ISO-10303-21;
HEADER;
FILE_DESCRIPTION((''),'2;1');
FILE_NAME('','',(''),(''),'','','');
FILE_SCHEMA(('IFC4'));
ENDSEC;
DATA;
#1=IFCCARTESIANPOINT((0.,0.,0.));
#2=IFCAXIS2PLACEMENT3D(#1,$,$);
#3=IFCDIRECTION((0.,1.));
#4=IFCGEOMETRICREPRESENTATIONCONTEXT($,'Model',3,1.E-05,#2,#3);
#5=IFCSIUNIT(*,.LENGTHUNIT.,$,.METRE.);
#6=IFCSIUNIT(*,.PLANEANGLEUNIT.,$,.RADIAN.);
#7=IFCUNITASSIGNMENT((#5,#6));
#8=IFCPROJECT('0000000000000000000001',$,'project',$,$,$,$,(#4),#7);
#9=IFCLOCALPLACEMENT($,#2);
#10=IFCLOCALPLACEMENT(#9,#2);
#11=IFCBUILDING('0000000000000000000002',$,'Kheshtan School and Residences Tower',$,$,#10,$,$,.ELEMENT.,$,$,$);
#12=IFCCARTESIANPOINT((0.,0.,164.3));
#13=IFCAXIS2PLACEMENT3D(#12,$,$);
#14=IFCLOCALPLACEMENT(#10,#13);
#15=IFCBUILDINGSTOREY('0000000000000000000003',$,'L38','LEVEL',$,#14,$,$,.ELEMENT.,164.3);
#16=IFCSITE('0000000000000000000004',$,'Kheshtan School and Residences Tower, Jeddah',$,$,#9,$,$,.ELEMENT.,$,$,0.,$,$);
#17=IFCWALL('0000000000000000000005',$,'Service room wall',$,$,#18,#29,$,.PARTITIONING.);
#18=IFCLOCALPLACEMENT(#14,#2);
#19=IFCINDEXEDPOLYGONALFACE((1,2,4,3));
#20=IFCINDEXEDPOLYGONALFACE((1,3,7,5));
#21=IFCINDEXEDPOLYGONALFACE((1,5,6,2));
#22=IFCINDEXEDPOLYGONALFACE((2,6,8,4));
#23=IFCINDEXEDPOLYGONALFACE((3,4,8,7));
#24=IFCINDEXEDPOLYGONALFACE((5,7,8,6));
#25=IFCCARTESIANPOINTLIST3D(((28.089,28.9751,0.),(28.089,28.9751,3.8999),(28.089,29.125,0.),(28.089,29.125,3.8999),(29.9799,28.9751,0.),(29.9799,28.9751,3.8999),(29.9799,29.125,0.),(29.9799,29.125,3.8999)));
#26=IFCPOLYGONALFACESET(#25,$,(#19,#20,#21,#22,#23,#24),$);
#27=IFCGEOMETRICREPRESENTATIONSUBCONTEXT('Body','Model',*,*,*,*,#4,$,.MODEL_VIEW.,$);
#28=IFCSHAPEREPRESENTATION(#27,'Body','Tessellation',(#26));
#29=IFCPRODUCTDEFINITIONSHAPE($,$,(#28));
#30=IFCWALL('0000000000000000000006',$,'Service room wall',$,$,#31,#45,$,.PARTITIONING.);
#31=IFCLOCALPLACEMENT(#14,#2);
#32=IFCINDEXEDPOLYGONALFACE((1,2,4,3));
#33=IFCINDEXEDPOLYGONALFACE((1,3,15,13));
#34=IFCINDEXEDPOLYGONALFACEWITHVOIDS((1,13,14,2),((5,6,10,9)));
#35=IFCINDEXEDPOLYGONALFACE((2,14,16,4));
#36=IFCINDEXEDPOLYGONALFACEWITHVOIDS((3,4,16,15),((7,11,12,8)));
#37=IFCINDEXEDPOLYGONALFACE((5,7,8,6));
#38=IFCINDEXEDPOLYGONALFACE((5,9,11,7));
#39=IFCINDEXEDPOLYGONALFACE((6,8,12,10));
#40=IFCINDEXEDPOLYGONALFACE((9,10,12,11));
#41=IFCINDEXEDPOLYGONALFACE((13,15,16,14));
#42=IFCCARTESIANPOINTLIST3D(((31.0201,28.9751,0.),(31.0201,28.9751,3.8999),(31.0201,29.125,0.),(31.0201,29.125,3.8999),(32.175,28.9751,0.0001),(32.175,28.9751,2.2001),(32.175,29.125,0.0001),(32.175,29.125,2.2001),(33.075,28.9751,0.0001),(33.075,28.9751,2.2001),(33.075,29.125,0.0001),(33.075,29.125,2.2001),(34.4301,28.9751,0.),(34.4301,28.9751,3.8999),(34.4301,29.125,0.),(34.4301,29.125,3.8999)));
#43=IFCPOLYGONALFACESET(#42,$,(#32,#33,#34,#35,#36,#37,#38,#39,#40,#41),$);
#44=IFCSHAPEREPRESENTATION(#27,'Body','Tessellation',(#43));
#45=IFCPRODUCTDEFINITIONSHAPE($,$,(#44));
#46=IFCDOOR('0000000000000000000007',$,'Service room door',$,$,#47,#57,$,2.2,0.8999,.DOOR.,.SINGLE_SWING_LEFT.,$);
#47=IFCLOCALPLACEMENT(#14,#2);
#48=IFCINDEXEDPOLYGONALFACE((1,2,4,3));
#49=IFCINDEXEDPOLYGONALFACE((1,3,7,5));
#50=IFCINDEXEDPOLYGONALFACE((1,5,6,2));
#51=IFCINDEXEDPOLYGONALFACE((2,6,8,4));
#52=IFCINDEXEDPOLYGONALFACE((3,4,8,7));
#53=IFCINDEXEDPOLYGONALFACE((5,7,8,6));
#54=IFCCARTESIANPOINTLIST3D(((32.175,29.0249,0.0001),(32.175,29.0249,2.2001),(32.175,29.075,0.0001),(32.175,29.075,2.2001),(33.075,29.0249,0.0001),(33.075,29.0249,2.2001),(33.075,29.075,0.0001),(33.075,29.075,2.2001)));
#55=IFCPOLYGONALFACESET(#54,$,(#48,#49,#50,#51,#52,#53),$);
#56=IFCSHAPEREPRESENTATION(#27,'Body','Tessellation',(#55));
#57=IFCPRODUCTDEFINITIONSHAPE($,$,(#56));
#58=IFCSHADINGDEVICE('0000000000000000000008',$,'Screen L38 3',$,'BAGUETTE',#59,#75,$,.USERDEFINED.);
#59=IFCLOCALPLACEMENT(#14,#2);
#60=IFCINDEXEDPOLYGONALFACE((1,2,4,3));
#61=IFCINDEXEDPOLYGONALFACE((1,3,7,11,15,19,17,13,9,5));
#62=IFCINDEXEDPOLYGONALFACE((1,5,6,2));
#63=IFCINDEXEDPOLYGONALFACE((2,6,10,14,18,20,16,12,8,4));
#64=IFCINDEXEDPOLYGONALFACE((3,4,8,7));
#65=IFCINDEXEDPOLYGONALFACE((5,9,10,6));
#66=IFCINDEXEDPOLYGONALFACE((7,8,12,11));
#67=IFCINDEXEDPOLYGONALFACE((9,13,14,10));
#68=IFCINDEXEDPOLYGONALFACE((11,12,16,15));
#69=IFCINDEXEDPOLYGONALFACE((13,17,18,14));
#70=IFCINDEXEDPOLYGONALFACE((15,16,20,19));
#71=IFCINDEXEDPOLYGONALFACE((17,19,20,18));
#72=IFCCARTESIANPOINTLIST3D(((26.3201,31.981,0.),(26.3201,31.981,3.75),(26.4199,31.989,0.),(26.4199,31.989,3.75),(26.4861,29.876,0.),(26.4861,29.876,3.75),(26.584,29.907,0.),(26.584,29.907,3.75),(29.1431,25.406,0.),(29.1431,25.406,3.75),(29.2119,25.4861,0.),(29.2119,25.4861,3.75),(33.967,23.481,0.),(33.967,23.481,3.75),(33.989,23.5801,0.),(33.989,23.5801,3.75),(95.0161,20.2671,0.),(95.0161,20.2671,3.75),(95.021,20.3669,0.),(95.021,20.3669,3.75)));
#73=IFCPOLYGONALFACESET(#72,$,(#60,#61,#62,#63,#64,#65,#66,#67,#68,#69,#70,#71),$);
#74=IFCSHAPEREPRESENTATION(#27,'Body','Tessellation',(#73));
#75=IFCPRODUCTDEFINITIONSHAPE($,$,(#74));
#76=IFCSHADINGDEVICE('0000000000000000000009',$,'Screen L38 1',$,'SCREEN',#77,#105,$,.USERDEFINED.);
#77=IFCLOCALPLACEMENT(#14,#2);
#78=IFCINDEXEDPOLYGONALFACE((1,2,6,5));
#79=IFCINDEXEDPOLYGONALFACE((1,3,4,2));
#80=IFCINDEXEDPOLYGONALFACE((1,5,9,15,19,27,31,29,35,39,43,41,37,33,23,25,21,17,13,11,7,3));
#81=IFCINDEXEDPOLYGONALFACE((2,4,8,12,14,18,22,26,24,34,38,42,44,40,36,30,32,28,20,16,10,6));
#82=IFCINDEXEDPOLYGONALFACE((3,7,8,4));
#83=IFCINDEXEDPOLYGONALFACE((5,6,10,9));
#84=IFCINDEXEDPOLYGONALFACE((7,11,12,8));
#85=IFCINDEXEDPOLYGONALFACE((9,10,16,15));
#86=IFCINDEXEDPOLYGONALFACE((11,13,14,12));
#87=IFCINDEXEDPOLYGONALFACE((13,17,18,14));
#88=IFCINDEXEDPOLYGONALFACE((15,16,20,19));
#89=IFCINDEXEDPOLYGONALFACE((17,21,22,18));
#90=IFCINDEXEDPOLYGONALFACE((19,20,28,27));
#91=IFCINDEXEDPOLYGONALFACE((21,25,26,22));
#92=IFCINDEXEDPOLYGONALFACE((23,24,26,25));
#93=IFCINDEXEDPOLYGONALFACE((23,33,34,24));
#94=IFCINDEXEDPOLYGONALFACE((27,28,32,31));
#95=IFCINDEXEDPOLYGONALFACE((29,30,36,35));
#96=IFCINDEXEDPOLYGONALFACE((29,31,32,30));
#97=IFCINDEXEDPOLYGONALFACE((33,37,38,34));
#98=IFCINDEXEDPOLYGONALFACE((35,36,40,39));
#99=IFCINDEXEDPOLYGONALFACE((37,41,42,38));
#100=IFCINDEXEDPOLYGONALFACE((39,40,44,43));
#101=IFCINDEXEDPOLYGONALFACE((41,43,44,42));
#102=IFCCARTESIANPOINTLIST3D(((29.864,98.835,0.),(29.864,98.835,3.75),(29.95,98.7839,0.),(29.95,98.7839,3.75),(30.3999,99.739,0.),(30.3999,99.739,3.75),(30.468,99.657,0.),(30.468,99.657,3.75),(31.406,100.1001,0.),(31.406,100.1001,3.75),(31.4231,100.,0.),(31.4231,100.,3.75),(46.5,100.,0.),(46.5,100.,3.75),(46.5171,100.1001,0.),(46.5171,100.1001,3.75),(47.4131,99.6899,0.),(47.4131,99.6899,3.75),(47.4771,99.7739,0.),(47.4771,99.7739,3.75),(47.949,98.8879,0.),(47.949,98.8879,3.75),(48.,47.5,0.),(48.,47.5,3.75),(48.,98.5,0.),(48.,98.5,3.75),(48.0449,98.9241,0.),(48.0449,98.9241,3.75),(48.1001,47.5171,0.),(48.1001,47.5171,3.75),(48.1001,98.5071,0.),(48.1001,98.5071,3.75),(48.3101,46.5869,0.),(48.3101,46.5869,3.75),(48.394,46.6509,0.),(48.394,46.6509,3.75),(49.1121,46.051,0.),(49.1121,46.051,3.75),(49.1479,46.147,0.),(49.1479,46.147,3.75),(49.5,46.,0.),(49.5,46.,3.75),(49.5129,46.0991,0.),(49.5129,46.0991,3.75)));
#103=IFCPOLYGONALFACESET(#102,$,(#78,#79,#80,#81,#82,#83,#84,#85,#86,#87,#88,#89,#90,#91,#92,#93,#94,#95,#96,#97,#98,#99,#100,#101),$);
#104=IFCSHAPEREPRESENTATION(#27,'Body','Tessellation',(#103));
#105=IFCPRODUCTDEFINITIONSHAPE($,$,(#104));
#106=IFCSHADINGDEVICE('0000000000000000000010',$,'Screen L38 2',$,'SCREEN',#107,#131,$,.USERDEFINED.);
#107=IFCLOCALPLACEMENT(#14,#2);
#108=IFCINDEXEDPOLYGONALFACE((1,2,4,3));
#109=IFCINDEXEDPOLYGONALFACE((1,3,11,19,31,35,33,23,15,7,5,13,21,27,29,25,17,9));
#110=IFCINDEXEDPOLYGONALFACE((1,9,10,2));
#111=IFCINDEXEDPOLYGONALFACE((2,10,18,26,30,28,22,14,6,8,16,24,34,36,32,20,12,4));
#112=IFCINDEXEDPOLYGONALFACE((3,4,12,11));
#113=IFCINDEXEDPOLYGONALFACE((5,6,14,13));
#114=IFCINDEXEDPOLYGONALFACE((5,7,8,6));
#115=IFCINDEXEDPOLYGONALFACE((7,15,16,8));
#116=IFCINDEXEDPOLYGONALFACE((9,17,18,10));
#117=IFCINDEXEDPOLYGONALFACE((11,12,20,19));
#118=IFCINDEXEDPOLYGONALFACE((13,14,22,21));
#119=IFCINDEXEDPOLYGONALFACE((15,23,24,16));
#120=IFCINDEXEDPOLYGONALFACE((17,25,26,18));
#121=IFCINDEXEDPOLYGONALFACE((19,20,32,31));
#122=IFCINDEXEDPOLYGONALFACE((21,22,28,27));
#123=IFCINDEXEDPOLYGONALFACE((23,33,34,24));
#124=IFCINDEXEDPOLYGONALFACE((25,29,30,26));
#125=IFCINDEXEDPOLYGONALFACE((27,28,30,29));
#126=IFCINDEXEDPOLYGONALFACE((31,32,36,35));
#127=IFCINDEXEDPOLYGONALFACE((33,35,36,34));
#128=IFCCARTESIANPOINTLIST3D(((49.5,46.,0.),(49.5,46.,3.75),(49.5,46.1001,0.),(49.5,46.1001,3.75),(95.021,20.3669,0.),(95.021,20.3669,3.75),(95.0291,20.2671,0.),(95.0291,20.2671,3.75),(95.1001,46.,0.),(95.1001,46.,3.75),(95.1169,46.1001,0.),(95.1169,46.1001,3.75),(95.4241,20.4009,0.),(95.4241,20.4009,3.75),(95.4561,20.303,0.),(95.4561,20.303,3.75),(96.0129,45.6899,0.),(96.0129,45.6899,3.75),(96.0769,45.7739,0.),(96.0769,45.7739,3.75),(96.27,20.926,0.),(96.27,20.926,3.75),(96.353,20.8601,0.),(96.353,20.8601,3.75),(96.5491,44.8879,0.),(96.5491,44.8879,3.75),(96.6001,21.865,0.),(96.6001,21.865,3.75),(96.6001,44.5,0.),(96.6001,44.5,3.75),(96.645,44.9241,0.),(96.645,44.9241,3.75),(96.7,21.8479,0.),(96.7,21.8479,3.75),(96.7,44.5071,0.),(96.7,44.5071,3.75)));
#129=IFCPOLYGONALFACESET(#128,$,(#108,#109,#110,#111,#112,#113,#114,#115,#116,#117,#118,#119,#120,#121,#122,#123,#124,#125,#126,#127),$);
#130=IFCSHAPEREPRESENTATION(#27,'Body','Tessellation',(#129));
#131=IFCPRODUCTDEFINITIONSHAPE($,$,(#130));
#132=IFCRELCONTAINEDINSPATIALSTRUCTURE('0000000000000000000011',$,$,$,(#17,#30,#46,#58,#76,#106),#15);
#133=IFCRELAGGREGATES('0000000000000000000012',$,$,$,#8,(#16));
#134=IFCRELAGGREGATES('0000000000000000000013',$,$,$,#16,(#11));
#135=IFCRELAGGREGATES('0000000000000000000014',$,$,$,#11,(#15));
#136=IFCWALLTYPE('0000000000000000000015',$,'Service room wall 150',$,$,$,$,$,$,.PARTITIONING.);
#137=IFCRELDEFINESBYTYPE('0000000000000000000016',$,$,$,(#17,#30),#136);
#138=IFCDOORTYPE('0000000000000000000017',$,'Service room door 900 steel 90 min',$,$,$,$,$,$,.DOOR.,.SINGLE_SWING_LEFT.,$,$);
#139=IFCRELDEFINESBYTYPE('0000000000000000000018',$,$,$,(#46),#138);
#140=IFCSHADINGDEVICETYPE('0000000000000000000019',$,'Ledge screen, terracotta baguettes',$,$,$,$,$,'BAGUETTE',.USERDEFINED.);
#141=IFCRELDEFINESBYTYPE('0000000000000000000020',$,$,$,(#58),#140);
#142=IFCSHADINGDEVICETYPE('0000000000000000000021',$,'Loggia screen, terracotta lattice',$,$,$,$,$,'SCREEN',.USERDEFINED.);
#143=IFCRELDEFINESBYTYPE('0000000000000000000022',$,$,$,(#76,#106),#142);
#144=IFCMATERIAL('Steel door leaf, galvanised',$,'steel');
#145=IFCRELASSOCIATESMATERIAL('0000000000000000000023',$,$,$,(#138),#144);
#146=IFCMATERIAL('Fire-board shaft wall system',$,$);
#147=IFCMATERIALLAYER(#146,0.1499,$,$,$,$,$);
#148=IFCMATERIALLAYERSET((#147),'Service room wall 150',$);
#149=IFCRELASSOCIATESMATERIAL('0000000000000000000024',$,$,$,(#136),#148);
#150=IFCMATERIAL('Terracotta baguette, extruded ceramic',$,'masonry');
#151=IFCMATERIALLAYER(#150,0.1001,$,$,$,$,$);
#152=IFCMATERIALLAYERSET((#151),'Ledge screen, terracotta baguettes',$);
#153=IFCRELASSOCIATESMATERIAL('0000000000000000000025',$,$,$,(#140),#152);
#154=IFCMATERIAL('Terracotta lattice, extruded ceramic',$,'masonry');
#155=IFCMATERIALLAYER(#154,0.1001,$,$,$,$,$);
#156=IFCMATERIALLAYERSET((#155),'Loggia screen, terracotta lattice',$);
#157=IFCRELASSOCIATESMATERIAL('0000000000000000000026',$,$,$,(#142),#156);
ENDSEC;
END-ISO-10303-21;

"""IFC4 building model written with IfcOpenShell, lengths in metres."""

from ifc_helpers import new_model, si_unit, direction, frame, frame_2d, origin, place, context, subcontext, project, spatial, polyline, rectangle, outline, extrude, source, transform, mapped, material, layer, layer_set, type_object, element, fill, save


model = new_model("IFC4")

# Units and contexts
model_context = context("Model", 3, precision=1e-05, world=origin(), true_north=direction((0.0, 1.0)))
body_context = subcontext(model_context, "Body", "Model", "MODEL_VIEW")
ifc_project = project(units=[si_unit("LENGTHUNIT", "METRE"), si_unit("PLANEANGLEUNIT", "RADIAN")], contexts=[model_context])

# Site, building, storey
site_placement = place(None, origin())
site = spatial("IfcSite", under=ifc_project, at=site_placement, Name="Kheshtan School and Residences Tower, Jeddah", CompositionType="ELEMENT", RefElevation=0.0)
building_placement = place(site_placement, origin())
building = spatial("IfcBuilding", under=site, at=building_placement, Name="Kheshtan School and Residences Tower", CompositionType="ELEMENT")
storey_placement = place(building_placement, frame((0.0, 0.0, 164.3)))
storey = spatial("IfcBuildingStorey", under=building, at=storey_placement, Name="L38", Description="LEVEL", CompositionType="ELEMENT", Elevation=164.3)

# Shared definitions
ifc_material_1 = material(Name="Steel door leaf, galvanised", Category="steel")
door_type = type_object("IfcDoorType", Name="Service room door 900 steel 90 min", OperationType="SINGLE_SWING_LEFT", PredefinedType="DOOR", material=ifc_material_1)
shared_shape = source(origin(), body_context, "Body", "SweptSolid", [
    extrude(rectangle(XDim=0.8999, YDim=2.2, at=frame_2d((0.45, 1.1001))), frame((0.0, 0.0249, 0.0), z_axis=(0.0, -1.0, 0.0), x_axis=(1.0, 0.0, 0.0)), (0.0, 0.0, 1.0), 0.05),
])

# Wall
ifc_material_2 = material(Name="Fire-board shaft wall system")
ifc_layer_1 = layer(ifc_material_2, 0.1499)
ifc_layer_set_1 = layer_set([ifc_layer_1], Name="Service room wall 150")
wall_type_1 = type_object("IfcWallType", Name="Service room wall 150", PredefinedType="PARTITIONING", material=ifc_layer_set_1)
wall_1_placement = place(storey_placement, frame((28.0891, 29.05, 0.0), z_axis=(0.0, 0.0, 1.0), x_axis=(1.0, 0.0, 0.0)))
element("IfcWall", 1, at=wall_1_placement, inside=storey, type_object=wall_type_1, Name="Service room wall", PredefinedType="PARTITIONING", context=body_context, shape_type="SweptSolid", body=[
    extrude(rectangle(XDim=1.8909, YDim=0.1499, at=frame_2d((0.9453, 0.0))), origin(), (0.0, 0.0, 1.0), 3.8999),
])

# Wall, opening, door
wall_2_placement = place(storey_placement, frame((31.02, 29.05, 0.0), z_axis=(0.0, 0.0, 1.0), x_axis=(1.0, 0.0, 0.0)))
wall_2 = element("IfcWall", 2, at=wall_2_placement, inside=storey, type_object=wall_type_1, Name="Service room wall", PredefinedType="PARTITIONING", context=body_context, shape_type="SweptSolid", body=[
    extrude(rectangle(XDim=3.4099, YDim=0.1499, at=frame_2d((1.7051, 0.0))), origin(), (0.0, 0.0, 1.0), 3.8999),
])
opening_1_placement = place(wall_2_placement, frame((1.155, 0.0, 0.0)))
opening_1 = element("IfcOpeningElement", 3, at=opening_1_placement, cuts=wall_2, PredefinedType="OPENING", context=body_context, shape_type="SweptSolid", body=[
    extrude(rectangle(XDim=0.8999, YDim=2.2, at=frame_2d((0.45, 1.1001))), frame((0.0, 0.085, 0.0), z_axis=(0.0, -1.0, 0.0), x_axis=(1.0, 0.0, 0.0)), (0.0, 0.0, 1.0), 0.1699),
])
door_1_placement = place(opening_1_placement, origin())
door_1 = element("IfcDoor", 4, at=door_1_placement, inside=storey, type_object=door_type, Name="Service room door", OperationType="SINGLE_SWING_LEFT", OverallHeight=2.2, OverallWidth=0.8999, PredefinedType="DOOR", context=body_context, shape_type="MappedRepresentation", body=[
    mapped(shared_shape, transform((0.0, 0.0, 0.0), x_axis=(1.0, 0.0, 0.0), y_axis=(0.0, 1.0, 0.0), z_axis=(0.0, 0.0, 1.0), scale=1.0)),
])
fill(opening_1, door_1)

# Shading devices
ifc_material_3 = material(Name="Terracotta baguette, extruded ceramic", Category="masonry")
ifc_layer_2 = layer(ifc_material_3, 0.1001)
ifc_layer_set_2 = layer_set([ifc_layer_2], Name="Ledge screen, terracotta baguettes")
shading_device_type_1 = type_object("IfcShadingDeviceType", Name="Ledge screen, terracotta baguettes", ElementType="BAGUETTE", PredefinedType="USERDEFINED", material=ifc_layer_set_2)
shading_device_1_placement = place(storey_placement, origin())
element("IfcShadingDevice", 5, at=shading_device_1_placement, inside=storey, type_object=shading_device_type_1, Name="Screen L38 3", ObjectType="BAGUETTE", PredefinedType="USERDEFINED", context=body_context, shape_type="SweptSolid", body=[
    extrude(outline(polyline([(95.021, 20.3669), (33.989, 23.5801), (29.2119, 25.4861), (26.584, 29.907), (26.4199, 31.989), (26.3201, 31.981), (26.4861, 29.876), (29.1431, 25.406), (33.967, 23.481), (95.0161, 20.2671), (95.021, 20.3669)])), origin(), (0.0, 0.0, 1.0), 3.75),
])
ifc_material_4 = material(Name="Terracotta lattice, extruded ceramic", Category="masonry")
ifc_layer_3 = layer(ifc_material_4, 0.1001)
ifc_layer_set_3 = layer_set([ifc_layer_3], Name="Loggia screen, terracotta lattice")
shading_device_type_2 = type_object("IfcShadingDeviceType", Name="Loggia screen, terracotta lattice", ElementType="SCREEN", PredefinedType="USERDEFINED", material=ifc_layer_set_3)
shading_device_2_placement = place(storey_placement, origin())
element("IfcShadingDevice", 6, at=shading_device_2_placement, inside=storey, type_object=shading_device_type_2, Name="Screen L38 1", ObjectType="SCREEN", PredefinedType="USERDEFINED", context=body_context, shape_type="SweptSolid", body=[
    extrude(outline(polyline([(29.95, 98.7839), (30.468, 99.657), (31.4231, 100.0), (46.5, 100.0), (47.4131, 99.6899), (47.949, 98.8879), (48.0, 98.5), (48.0, 47.5), (48.3101, 46.5869), (49.1121, 46.051), (49.5, 46.0), (49.5129, 46.0991), (49.1479, 46.147), (48.394, 46.6509), (48.1001, 47.5171), (48.1001, 98.5071), (48.0449, 98.9241), (47.4771, 99.7739), (46.5171, 100.1001), (31.406, 100.1001), (30.3999, 99.739), (29.864, 98.835), (29.95, 98.7839)])), origin(), (0.0, 0.0, 1.0), 3.75),
])
shading_device_3_placement = place(storey_placement, origin())
element("IfcShadingDevice", 7, at=shading_device_3_placement, inside=storey, type_object=shading_device_type_2, Name="Screen L38 2", ObjectType="SCREEN", PredefinedType="USERDEFINED", context=body_context, shape_type="SweptSolid", body=[
    extrude(outline(polyline([(49.5, 46.0), (95.1001, 46.0), (96.0129, 45.6899), (96.5491, 44.8879), (96.6001, 44.5), (96.6001, 21.865), (96.27, 20.926), (95.4241, 20.4009), (95.021, 20.3669), (95.0291, 20.2671), (95.4561, 20.303), (96.353, 20.8601), (96.7, 21.8479), (96.7, 44.5071), (96.645, 44.9241), (96.0769, 45.7739), (95.1169, 46.1001), (49.5, 46.1001), (49.5, 46.0)])), origin(), (0.0, 0.0, 1.0), 3.75),
])

save(model, "model.ifc")
